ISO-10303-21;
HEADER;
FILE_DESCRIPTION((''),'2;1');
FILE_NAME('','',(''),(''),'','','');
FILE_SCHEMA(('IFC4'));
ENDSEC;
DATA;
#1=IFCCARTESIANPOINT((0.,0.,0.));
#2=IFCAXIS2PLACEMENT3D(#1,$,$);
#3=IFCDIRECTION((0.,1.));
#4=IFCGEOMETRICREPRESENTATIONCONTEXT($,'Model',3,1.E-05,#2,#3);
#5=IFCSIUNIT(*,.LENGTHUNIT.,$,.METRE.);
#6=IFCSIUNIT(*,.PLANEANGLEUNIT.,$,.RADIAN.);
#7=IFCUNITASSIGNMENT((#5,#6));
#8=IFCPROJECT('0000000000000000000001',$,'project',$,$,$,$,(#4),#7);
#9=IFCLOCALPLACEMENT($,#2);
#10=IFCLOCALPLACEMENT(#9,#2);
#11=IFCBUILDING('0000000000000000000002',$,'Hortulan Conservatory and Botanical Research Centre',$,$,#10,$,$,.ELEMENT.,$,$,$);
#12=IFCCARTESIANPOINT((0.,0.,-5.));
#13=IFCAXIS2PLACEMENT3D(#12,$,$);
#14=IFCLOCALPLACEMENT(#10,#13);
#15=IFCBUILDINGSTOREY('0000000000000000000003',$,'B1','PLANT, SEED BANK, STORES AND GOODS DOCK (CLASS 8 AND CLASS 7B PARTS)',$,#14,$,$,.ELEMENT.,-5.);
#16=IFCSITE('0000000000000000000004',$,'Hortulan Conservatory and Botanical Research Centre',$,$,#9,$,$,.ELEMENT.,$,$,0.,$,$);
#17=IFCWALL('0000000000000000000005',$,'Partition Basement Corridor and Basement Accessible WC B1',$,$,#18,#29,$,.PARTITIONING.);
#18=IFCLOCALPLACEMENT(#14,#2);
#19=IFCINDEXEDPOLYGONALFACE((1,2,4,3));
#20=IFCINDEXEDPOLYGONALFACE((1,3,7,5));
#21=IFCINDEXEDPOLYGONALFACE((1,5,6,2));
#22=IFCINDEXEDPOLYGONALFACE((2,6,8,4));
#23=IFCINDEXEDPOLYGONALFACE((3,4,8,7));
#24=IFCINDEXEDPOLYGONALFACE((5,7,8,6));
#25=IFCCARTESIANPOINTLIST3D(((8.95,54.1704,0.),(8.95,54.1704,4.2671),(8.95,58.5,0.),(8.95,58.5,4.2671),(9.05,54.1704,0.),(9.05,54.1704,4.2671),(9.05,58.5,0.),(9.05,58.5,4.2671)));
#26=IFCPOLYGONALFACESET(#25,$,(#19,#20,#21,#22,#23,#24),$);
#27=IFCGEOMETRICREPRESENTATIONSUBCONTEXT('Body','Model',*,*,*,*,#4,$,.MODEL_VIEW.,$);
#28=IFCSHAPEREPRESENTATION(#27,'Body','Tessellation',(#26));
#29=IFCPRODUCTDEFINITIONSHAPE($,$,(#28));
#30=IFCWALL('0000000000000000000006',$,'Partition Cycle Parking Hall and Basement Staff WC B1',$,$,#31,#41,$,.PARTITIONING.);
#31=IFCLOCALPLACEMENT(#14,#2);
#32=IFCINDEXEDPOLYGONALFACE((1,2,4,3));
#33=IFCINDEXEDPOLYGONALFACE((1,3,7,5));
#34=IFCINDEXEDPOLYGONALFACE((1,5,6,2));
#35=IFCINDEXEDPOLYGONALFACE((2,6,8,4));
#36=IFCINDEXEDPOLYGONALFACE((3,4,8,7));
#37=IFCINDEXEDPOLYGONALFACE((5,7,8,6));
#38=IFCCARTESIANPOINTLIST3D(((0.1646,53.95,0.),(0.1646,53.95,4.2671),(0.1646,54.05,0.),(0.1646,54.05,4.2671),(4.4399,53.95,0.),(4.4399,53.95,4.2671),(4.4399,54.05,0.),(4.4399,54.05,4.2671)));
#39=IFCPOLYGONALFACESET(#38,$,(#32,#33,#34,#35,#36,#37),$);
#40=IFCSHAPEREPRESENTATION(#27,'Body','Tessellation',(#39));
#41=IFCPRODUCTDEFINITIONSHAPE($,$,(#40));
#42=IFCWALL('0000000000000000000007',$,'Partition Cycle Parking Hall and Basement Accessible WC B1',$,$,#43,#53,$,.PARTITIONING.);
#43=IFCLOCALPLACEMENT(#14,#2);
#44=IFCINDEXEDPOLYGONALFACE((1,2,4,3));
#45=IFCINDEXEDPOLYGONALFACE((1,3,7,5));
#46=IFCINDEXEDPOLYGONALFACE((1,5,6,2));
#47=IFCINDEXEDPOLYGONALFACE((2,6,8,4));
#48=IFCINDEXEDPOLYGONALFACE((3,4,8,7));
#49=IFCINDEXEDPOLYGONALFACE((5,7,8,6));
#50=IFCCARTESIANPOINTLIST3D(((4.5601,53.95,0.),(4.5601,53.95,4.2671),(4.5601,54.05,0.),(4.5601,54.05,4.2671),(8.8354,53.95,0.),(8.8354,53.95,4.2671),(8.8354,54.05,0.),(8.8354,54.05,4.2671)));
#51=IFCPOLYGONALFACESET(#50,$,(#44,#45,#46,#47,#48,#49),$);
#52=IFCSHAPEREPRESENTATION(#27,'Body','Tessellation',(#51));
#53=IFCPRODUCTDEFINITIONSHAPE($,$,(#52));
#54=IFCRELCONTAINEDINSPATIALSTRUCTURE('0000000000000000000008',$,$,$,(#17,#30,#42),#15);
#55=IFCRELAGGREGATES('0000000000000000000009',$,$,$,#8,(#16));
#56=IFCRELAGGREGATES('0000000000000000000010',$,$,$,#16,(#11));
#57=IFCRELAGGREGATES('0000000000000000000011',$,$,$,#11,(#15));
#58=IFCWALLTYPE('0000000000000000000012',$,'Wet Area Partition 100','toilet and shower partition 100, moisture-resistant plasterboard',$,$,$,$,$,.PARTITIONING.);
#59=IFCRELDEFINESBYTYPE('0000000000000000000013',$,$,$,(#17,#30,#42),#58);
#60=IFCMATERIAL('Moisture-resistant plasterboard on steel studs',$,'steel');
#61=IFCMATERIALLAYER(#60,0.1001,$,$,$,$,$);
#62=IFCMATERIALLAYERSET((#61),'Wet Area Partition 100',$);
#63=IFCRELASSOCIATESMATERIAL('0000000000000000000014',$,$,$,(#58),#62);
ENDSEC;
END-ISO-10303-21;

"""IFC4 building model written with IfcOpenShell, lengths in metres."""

from ifc_helpers import new_model, si_unit, direction, frame, frame_2d, origin, place, context, subcontext, project, spatial, rectangle, extrude, material, layer, layer_set, type_object, element, save


model = new_model("IFC4")

# Units and contexts
model_context = context("Model", 3, precision=1e-05, world=origin(), true_north=direction((0.0, 1.0)))
body_context = subcontext(model_context, "Body", "Model", "MODEL_VIEW")
ifc_project = project(units=[si_unit("LENGTHUNIT", "METRE"), si_unit("PLANEANGLEUNIT", "RADIAN")], contexts=[model_context])

# Site, building, storey
site_placement = place(None, origin())
site = spatial("IfcSite", under=ifc_project, at=site_placement, Name="Hortulan Conservatory and Botanical Research Centre", CompositionType="ELEMENT", RefElevation=0.0)
building_placement = place(site_placement, origin())
building = spatial("IfcBuilding", under=site, at=building_placement, Name="Hortulan Conservatory and Botanical Research Centre", CompositionType="ELEMENT")
storey_placement = place(building_placement, frame((0.0, 0.0, -5.0)))
storey = spatial("IfcBuildingStorey", under=building, at=storey_placement, Name="B1", Description="PLANT, SEED BANK, STORES AND GOODS DOCK (CLASS 8 AND CLASS 7B PARTS)", CompositionType="ELEMENT", Elevation=-5.0)

# Walls
ifc_material_1 = material(Name="Moisture-resistant plasterboard on steel studs", Category="steel")
ifc_layer_1 = layer(ifc_material_1, 0.1001)
ifc_layer_set_1 = layer_set([ifc_layer_1], Name="Wet Area Partition 100")
wall_type_1 = type_object("IfcWallType", Name="Wet Area Partition 100", Description="toilet and shower partition 100, moisture-resistant plasterboard", PredefinedType="PARTITIONING", material=ifc_layer_set_1)
wall_1_placement = place(storey_placement, frame((9.0, 54.1704, 0.0), z_axis=(0.0, 0.0, 1.0), x_axis=(0.0, 1.0, 0.0)))
element("IfcWall", 1, at=wall_1_placement, inside=storey, type_object=wall_type_1, Name="Partition Basement Corridor and Basement Accessible WC B1", PredefinedType="PARTITIONING", context=body_context, shape_type="SweptSolid", body=[
    extrude(rectangle(XDim=4.3296, YDim=0.1001, at=frame_2d((2.1648, 0.0))), origin(), (0.0, 0.0, 1.0), 4.2671),
])
for number, where, z_axis, x_axis, name in (
    (2, (0.1646, 54.0, 0.0), (0.0, 0.0, 1.0), (1.0, 0.0, 0.0), "Partition Cycle Parking Hall and Basement Staff WC B1"),
    (3, (4.5601, 54.0, 0.0), (0.0, 0.0, 1.0), (1.0, 0.0, 0.0), "Partition Cycle Parking Hall and Basement Accessible WC B1"),
):
    element("IfcWall", number, at=place(storey_placement, frame(where, z_axis=z_axis, x_axis=x_axis)), inside=storey, type_object=wall_type_1, Name=name, PredefinedType="PARTITIONING", context=body_context, shape_type="SweptSolid", body=[
        extrude(rectangle(XDim=4.2754, YDim=0.1001, at=frame_2d((2.1377, 0.0))), origin(), (0.0, 0.0, 1.0), 4.2671),
    ])

save(model, "model.ifc")
